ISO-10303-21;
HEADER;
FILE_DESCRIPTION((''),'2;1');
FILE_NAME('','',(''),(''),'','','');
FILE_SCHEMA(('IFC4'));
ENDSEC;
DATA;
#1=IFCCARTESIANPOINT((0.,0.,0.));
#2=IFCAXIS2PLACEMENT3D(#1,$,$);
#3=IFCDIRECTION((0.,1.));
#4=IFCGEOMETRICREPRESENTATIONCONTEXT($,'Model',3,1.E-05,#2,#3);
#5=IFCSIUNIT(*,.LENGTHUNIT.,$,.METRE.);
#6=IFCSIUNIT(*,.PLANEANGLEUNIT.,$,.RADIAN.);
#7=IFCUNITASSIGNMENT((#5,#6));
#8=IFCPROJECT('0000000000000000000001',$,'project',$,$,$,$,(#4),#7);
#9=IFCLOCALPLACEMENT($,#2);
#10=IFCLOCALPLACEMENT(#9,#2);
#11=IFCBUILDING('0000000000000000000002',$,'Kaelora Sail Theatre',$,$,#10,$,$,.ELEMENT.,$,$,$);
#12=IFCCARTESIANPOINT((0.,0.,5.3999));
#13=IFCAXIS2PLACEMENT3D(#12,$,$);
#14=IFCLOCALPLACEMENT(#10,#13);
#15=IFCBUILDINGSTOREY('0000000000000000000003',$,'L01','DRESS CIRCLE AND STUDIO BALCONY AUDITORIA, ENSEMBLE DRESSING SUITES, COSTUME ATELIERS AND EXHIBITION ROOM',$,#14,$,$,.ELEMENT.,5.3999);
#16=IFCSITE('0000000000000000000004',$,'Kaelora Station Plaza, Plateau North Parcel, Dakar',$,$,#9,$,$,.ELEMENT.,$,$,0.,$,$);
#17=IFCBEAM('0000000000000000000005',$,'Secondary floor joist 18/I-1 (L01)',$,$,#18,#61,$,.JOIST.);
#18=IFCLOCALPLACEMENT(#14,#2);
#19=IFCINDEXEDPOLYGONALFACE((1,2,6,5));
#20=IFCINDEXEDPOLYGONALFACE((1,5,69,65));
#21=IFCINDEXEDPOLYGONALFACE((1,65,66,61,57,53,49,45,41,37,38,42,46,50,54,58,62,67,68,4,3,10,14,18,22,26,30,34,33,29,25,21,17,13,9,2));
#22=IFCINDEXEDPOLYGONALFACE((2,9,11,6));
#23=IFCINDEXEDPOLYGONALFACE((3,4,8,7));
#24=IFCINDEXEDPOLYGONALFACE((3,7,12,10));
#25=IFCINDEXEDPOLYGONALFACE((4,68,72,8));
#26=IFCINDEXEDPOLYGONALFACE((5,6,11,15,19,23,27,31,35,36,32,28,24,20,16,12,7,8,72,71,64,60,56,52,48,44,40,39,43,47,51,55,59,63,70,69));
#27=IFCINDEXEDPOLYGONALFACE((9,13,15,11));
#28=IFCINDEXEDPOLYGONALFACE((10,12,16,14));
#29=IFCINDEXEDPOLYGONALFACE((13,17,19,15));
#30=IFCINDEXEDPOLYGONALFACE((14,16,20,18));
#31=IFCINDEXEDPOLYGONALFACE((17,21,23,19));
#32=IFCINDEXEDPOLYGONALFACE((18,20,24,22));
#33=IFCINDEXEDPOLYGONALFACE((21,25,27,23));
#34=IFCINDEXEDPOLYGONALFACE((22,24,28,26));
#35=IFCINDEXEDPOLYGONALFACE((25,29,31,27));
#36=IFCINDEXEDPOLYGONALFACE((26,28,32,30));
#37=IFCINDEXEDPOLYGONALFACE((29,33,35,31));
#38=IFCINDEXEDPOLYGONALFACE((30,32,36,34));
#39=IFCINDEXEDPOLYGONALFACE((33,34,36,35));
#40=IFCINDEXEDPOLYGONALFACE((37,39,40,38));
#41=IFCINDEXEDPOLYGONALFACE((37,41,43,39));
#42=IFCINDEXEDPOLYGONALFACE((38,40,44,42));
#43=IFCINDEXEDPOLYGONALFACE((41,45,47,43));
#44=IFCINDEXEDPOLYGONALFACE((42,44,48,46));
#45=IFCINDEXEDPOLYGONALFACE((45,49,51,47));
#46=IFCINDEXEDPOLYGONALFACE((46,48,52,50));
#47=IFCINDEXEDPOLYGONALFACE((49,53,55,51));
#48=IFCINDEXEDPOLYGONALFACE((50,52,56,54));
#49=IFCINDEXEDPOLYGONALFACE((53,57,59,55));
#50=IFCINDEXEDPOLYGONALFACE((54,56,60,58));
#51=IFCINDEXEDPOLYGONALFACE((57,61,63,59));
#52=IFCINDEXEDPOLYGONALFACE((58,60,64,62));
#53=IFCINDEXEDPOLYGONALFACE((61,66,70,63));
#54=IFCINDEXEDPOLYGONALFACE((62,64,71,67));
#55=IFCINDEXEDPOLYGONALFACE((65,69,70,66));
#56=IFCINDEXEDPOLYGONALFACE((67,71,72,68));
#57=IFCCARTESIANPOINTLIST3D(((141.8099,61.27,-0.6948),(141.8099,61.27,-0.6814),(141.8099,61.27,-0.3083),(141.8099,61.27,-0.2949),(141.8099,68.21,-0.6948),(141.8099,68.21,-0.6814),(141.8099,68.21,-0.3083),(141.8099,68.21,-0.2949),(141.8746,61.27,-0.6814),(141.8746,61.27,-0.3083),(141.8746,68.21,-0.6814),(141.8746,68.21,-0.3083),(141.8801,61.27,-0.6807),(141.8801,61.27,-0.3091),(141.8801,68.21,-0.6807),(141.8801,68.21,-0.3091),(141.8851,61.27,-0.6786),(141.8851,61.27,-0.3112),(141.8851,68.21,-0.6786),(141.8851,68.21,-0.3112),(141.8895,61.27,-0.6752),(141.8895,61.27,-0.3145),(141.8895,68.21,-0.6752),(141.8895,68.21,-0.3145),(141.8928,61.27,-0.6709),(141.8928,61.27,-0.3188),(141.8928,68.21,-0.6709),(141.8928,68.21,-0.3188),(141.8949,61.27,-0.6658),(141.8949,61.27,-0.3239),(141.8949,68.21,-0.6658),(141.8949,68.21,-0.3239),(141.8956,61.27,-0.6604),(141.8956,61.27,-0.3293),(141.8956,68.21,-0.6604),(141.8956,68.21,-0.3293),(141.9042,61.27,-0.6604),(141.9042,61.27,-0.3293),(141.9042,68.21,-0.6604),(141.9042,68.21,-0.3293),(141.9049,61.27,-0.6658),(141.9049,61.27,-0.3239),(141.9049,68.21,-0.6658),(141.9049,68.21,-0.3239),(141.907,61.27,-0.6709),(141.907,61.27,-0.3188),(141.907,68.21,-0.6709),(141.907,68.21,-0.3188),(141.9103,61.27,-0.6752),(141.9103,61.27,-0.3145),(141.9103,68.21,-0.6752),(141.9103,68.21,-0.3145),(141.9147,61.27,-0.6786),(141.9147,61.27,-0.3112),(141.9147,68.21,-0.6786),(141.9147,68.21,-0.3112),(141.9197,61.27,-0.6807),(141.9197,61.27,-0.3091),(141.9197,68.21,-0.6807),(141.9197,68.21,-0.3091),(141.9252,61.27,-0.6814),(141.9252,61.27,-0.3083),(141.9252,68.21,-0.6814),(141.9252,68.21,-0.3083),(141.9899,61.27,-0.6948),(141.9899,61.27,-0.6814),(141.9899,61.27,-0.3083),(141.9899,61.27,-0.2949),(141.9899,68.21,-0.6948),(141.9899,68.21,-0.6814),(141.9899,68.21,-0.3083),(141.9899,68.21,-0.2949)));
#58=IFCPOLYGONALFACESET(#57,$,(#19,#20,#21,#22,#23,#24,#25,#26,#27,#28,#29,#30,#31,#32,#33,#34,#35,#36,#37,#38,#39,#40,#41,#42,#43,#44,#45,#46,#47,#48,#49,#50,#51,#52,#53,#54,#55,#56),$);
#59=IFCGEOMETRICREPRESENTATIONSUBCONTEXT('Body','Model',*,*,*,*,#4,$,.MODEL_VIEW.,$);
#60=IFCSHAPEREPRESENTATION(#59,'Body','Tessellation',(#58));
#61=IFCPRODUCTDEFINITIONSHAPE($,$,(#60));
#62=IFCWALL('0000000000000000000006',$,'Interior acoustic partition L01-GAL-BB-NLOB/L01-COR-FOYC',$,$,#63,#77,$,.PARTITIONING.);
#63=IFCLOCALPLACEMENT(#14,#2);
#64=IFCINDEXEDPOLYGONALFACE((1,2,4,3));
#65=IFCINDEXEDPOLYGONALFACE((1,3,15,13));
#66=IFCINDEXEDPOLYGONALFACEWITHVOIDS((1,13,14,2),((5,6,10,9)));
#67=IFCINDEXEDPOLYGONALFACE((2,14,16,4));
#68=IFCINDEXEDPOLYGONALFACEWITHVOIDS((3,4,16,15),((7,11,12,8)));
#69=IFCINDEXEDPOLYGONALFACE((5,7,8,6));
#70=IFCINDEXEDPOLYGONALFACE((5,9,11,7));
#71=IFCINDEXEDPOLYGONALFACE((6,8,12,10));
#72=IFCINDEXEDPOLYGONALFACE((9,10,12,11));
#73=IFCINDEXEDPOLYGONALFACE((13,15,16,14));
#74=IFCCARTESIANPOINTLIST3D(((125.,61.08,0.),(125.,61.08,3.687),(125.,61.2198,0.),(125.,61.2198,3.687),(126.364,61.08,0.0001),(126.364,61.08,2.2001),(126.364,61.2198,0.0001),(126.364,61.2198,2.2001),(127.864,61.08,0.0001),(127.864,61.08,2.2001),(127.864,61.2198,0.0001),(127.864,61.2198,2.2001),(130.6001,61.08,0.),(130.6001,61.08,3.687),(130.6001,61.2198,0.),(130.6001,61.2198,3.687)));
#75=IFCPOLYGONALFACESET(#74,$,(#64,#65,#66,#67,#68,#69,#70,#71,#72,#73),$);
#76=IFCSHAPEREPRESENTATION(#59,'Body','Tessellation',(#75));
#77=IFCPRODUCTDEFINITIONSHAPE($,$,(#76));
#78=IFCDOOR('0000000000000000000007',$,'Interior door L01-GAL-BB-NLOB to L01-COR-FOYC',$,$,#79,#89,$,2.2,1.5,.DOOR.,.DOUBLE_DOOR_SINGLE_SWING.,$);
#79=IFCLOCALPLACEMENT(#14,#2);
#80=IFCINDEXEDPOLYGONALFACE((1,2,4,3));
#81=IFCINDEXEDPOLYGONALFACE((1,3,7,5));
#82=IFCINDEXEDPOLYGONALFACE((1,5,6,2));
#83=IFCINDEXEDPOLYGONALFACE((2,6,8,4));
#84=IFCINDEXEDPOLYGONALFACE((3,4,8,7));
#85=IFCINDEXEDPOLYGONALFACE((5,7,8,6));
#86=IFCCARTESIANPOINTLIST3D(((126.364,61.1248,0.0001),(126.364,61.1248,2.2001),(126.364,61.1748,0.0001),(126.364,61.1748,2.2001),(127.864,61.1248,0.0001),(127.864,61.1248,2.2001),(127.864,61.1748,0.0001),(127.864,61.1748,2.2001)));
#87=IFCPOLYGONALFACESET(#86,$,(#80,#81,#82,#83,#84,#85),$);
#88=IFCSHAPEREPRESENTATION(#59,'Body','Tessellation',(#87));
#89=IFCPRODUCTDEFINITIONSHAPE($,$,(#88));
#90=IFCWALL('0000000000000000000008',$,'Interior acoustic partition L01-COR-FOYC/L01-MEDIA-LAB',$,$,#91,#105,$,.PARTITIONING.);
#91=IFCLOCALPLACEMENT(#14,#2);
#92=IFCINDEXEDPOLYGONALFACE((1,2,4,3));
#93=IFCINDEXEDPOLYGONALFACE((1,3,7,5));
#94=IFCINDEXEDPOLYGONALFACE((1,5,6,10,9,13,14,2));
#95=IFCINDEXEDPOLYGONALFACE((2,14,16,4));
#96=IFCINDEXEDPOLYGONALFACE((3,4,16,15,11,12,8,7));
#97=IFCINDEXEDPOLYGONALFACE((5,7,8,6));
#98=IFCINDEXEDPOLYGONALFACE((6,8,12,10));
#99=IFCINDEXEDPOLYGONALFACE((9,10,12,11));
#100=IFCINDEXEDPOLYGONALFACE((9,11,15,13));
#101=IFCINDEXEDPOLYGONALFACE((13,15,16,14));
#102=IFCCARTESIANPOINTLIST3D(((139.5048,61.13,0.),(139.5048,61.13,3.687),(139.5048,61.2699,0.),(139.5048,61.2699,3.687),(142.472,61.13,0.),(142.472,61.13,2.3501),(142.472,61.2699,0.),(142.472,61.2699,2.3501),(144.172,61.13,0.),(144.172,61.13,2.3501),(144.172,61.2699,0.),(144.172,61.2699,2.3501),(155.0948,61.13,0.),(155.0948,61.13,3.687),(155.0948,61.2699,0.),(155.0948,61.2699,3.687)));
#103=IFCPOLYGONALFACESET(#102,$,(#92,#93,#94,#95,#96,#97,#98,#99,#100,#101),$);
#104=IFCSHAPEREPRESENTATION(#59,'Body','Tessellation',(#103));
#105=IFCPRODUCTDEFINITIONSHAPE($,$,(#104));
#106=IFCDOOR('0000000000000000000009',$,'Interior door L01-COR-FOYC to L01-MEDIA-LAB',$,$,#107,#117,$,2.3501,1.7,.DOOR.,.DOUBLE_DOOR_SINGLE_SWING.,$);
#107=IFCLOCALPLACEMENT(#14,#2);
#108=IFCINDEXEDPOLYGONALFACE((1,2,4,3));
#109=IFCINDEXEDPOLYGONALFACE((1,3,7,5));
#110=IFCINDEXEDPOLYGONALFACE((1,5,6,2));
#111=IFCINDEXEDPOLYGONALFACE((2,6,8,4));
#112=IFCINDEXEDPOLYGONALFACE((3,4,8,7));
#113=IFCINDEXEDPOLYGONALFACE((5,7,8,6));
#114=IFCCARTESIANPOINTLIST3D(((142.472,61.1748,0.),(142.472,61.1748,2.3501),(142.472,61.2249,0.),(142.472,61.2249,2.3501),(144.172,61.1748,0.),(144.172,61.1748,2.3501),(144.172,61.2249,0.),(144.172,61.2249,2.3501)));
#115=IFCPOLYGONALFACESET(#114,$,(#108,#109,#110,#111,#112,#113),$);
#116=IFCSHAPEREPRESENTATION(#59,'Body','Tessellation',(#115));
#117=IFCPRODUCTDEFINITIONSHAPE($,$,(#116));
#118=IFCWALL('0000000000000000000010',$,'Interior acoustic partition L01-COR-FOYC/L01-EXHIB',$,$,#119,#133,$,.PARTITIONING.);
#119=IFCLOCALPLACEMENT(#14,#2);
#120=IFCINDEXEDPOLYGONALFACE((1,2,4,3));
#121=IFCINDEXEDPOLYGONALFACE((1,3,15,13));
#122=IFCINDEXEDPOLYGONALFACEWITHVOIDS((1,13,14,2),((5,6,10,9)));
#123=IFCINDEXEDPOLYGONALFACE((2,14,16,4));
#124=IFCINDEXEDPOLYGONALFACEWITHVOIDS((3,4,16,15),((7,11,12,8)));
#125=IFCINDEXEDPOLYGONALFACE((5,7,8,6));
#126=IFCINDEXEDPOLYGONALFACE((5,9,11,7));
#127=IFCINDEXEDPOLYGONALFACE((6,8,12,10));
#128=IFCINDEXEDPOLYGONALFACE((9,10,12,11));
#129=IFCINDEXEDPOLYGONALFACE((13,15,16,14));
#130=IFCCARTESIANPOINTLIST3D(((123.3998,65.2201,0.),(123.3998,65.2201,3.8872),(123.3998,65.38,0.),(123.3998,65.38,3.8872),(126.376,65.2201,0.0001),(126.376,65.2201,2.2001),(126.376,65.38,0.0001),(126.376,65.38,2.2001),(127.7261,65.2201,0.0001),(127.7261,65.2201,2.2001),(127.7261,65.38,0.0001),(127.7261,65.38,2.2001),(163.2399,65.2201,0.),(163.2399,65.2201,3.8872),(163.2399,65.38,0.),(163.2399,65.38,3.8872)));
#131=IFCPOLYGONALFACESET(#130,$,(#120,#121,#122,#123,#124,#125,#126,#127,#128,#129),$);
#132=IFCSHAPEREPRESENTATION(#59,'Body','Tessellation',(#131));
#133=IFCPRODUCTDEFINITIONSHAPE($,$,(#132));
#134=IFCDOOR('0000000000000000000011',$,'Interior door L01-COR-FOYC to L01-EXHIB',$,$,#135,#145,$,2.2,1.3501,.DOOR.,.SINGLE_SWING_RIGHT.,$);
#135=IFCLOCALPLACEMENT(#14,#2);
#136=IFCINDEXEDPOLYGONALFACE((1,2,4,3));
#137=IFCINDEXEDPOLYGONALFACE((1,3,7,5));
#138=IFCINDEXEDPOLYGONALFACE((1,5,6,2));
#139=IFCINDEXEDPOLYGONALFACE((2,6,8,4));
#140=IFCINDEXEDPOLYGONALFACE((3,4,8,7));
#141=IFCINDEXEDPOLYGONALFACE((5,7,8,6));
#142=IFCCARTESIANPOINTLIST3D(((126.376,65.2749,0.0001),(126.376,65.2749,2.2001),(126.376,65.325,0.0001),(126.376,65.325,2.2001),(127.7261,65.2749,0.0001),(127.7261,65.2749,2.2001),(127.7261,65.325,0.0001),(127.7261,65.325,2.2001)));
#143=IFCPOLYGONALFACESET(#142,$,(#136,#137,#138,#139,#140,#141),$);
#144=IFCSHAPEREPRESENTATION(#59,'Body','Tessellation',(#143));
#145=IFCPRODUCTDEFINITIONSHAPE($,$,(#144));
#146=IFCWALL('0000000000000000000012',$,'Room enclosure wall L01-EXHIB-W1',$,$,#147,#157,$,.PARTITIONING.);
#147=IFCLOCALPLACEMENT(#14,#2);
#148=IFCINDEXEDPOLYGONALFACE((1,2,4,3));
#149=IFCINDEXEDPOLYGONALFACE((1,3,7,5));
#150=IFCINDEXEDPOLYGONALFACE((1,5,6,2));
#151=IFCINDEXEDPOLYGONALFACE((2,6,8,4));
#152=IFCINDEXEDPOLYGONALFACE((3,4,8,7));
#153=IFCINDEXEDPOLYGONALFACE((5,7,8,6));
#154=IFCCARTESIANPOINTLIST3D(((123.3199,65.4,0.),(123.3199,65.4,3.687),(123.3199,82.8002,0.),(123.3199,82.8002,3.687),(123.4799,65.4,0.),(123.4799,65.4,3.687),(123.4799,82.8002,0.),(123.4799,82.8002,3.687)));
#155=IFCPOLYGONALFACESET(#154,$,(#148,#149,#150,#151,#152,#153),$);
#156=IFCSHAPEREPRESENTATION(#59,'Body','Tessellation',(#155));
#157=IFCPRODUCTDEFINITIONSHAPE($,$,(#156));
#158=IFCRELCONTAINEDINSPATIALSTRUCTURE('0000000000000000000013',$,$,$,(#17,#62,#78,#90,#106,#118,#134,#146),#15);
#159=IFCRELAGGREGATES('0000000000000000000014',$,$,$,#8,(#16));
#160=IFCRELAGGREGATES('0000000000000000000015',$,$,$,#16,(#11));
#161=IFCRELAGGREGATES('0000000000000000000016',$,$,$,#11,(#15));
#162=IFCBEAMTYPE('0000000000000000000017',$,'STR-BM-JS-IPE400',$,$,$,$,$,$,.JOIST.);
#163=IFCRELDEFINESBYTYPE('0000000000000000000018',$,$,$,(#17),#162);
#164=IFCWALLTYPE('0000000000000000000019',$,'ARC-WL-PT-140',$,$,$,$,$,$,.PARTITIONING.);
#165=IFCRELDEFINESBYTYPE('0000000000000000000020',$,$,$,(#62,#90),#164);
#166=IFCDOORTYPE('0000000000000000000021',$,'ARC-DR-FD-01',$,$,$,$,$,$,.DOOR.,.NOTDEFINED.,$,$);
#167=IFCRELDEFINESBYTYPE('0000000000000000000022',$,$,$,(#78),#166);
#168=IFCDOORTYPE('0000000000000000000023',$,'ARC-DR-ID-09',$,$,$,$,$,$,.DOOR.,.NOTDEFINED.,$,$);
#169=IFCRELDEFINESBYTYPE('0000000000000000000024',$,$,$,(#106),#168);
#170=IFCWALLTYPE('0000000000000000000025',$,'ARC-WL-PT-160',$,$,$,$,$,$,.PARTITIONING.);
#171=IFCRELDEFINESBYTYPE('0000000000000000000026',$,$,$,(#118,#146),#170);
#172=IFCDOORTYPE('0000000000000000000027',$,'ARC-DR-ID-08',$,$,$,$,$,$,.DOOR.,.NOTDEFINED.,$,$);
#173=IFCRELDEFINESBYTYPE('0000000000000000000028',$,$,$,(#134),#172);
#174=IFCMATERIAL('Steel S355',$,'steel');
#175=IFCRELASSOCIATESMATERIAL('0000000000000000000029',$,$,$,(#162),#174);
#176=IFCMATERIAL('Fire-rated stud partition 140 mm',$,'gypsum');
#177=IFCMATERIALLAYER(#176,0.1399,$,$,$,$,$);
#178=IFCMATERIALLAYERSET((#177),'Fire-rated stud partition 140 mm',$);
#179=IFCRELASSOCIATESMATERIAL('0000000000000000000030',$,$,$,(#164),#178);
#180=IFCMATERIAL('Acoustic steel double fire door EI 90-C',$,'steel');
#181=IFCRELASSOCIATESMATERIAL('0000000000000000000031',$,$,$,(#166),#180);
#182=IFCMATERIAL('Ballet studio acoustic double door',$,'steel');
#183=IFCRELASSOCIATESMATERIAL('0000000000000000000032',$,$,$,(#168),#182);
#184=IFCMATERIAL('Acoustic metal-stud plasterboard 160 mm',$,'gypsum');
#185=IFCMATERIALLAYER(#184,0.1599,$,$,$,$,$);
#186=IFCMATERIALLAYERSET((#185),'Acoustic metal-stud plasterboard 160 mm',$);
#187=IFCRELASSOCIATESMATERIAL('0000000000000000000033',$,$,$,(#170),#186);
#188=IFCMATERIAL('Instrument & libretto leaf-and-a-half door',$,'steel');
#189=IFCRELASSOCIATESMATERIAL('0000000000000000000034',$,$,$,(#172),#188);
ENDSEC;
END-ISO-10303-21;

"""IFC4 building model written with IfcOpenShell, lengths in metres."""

from ifc_helpers import new_model, si_unit, direction, frame, frame_2d, origin, origin_2d, place, context, subcontext, project, spatial, rectangle, i_section, extrude, material, layer, layer_set, material_profile, profile_set, type_object, element, fill, save


model = new_model("IFC4")

# Units and contexts
model_context = context("Model", 3, precision=1e-05, world=origin(), true_north=direction((0.0, 1.0)))
body_context = subcontext(model_context, "Body", "Model", "MODEL_VIEW")
ifc_project = project(units=[si_unit("LENGTHUNIT", "METRE"), si_unit("PLANEANGLEUNIT", "RADIAN")], contexts=[model_context])

# Site, building, storey
site_placement = place(None, origin())
site = spatial("IfcSite", under=ifc_project, at=site_placement, Name="Kaelora Station Plaza, Plateau North Parcel, Dakar", CompositionType="ELEMENT", RefElevation=0.0)
building_placement = place(site_placement, origin())
building = spatial("IfcBuilding", under=site, at=building_placement, Name="Kaelora Sail Theatre", CompositionType="ELEMENT")
storey_placement = place(building_placement, frame((0.0, 0.0, 5.3999)))
storey = spatial("IfcBuildingStorey", under=building, at=storey_placement, Name="L01", Description="DRESS CIRCLE AND STUDIO BALCONY AUDITORIA, ENSEMBLE DRESSING SUITES, COSTUME ATELIERS AND EXHIBITION ROOM", CompositionType="ELEMENT", Elevation=5.3999)

# Beam
ifc_material_1 = material(Name="Steel S355", Category="steel")
ifc_material_profile_1 = material_profile(ifc_material_1, i_section(OverallWidth=0.1799, OverallDepth=0.3999, WebThickness=0.0085, FlangeThickness=0.0134, FilletRadius=0.021, at=origin_2d()), Name="IPE 400")
ifc_profile_set_1 = profile_set([ifc_material_profile_1], Name="Steel S355")
beam_type_1 = type_object("IfcBeamType", Name="STR-BM-JS-IPE400", PredefinedType="JOIST", material=ifc_profile_set_1)
for number, where, z_axis, x_axis, name in (
    (1, (141.8999, 61.27, -0.4949), (0.0, 1.0, 0.0), (-1.0, 0.0, 0.0), "Secondary floor joist 18/I-1 (L01)"),
):
    element("IfcBeam", number, at=place(storey_placement, frame(where, z_axis=z_axis, x_axis=x_axis)), inside=storey, type_object=beam_type_1, Name=name, PredefinedType="JOIST", context=body_context, shape_type="SweptSolid", body=[
        extrude(i_section(OverallWidth=0.1799, OverallDepth=0.3999, WebThickness=0.0085, FlangeThickness=0.0134, FilletRadius=0.021, at=origin_2d()), origin(), (0.0, 0.0, 1.0), 6.9399),
    ])

# Walls, openings, doors
ifc_material_2 = material(Name="Fire-rated stud partition 140 mm", Category="gypsum")
ifc_layer_1 = layer(ifc_material_2, 0.1399)
ifc_layer_set_1 = layer_set([ifc_layer_1], Name="Fire-rated stud partition 140 mm")
wall_type_1 = type_object("IfcWallType", Name="ARC-WL-PT-140", PredefinedType="PARTITIONING", material=ifc_layer_set_1)
wall_1_placement = place(storey_placement, frame((125.0, 61.1499, 0.0), z_axis=(0.0, 0.0, 1.0), x_axis=(1.0, 0.0, 0.0)))
wall_1 = element("IfcWall", 2, at=wall_1_placement, inside=storey, type_object=wall_type_1, Name="Interior acoustic partition L01-GAL-BB-NLOB/L01-COR-FOYC", PredefinedType="PARTITIONING", context=body_context, shape_type="SweptSolid", body=[
    extrude(rectangle(XDim=5.6001, YDim=0.1399, at=frame_2d((2.8, 0.0))), origin(), (0.0, 0.0, 1.0), 3.687),
])
opening_1_placement = place(wall_1_placement, frame((1.364, 0.0, 0.0)))
opening_1 = element("IfcOpeningElement", 3, at=opening_1_placement, cuts=wall_1, PredefinedType="OPENING", context=body_context, shape_type="SweptSolid", body=[
    extrude(rectangle(XDim=1.5, YDim=2.2, at=frame_2d((0.75, 1.1001))), frame((0.0, 0.0798, 0.0), z_axis=(0.0, -1.0, 0.0), x_axis=(1.0, 0.0, 0.0)), (0.0, 0.0, 1.0), 0.1599),
])
ifc_material_3 = material(Name="Acoustic steel double fire door EI 90-C", Category="steel")
door_type_1 = type_object("IfcDoorType", Name="ARC-DR-FD-01", OperationType="NOTDEFINED", PredefinedType="DOOR", material=ifc_material_3)
door_1_placement = place(opening_1_placement, origin())
door_1 = element("IfcDoor", 4, at=door_1_placement, inside=storey, type_object=door_type_1, Name="Interior door L01-GAL-BB-NLOB to L01-COR-FOYC", OperationType="DOUBLE_DOOR_SINGLE_SWING", OverallHeight=2.2, OverallWidth=1.5, PredefinedType="DOOR", context=body_context, shape_type="SweptSolid", body=[
    extrude(rectangle(XDim=1.5, YDim=2.2, at=frame_2d((0.75, 1.1001))), frame((0.0, 0.0249, 0.0), z_axis=(0.0, -1.0, 0.0), x_axis=(1.0, 0.0, 0.0)), (0.0, 0.0, 1.0), 0.05),
])
fill(opening_1, door_1)
wall_2_placement = place(storey_placement, frame((139.5049, 61.2, 0.0), z_axis=(0.0, 0.0, 1.0), x_axis=(1.0, 0.0, 0.0)))
wall_2 = element("IfcWall", 5, at=wall_2_placement, inside=storey, type_object=wall_type_1, Name="Interior acoustic partition L01-COR-FOYC/L01-MEDIA-LAB", PredefinedType="PARTITIONING", context=body_context, shape_type="SweptSolid", body=[
    extrude(rectangle(XDim=15.5901, YDim=0.1399, at=frame_2d((7.7949, 0.0))), origin(), (0.0, 0.0, 1.0), 3.687),
])
opening_2_placement = place(wall_2_placement, frame((2.967, 0.0, 0.0)))
opening_2 = element("IfcOpeningElement", 6, at=opening_2_placement, cuts=wall_2, PredefinedType="OPENING", context=body_context, shape_type="SweptSolid", body=[
    extrude(rectangle(XDim=1.7, YDim=2.3501, at=frame_2d((0.8501, 1.175))), frame((0.0, 0.0798, 0.0), z_axis=(0.0, -1.0, 0.0), x_axis=(1.0, 0.0, 0.0)), (0.0, 0.0, 1.0), 0.1599),
])
ifc_material_4 = material(Name="Ballet studio acoustic double door", Category="steel")
door_type_2 = type_object("IfcDoorType", Name="ARC-DR-ID-09", OperationType="NOTDEFINED", PredefinedType="DOOR", material=ifc_material_4)
door_2_placement = place(opening_2_placement, origin())
door_2 = element("IfcDoor", 7, at=door_2_placement, inside=storey, type_object=door_type_2, Name="Interior door L01-COR-FOYC to L01-MEDIA-LAB", OperationType="DOUBLE_DOOR_SINGLE_SWING", OverallHeight=2.3501, OverallWidth=1.7, PredefinedType="DOOR", context=body_context, shape_type="SweptSolid", body=[
    extrude(rectangle(XDim=1.7, YDim=2.3501, at=frame_2d((0.8501, 1.175))), frame((0.0, 0.0249, 0.0), z_axis=(0.0, -1.0, 0.0), x_axis=(1.0, 0.0, 0.0)), (0.0, 0.0, 1.0), 0.05),
])
fill(opening_2, door_2)
ifc_material_5 = material(Name="Acoustic metal-stud plasterboard 160 mm", Category="gypsum")
ifc_layer_2 = layer(ifc_material_5, 0.1599)
ifc_layer_set_2 = layer_set([ifc_layer_2], Name="Acoustic metal-stud plasterboard 160 mm")
wall_type_2 = type_object("IfcWallType", Name="ARC-WL-PT-160", PredefinedType="PARTITIONING", material=ifc_layer_set_2)
wall_3_placement = place(storey_placement, frame((123.3999, 65.3, 0.0), z_axis=(0.0, 0.0, 1.0), x_axis=(1.0, 0.0, 0.0)))
wall_3 = element("IfcWall", 8, at=wall_3_placement, inside=storey, type_object=wall_type_2, Name="Interior acoustic partition L01-COR-FOYC/L01-EXHIB", PredefinedType="PARTITIONING", context=body_context, shape_type="SweptSolid", body=[
    extrude(rectangle(XDim=39.8401, YDim=0.1599, at=frame_2d((19.9199, 0.0))), origin(), (0.0, 0.0, 1.0), 3.8872),
])
opening_3_placement = place(wall_3_placement, frame((2.9761, 0.0, 0.0)))
opening_3 = element("IfcOpeningElement", 9, at=opening_3_placement, cuts=wall_3, PredefinedType="OPENING", context=body_context, shape_type="SweptSolid", body=[
    extrude(rectangle(XDim=1.3501, YDim=2.2, at=frame_2d((0.675, 1.1001))), frame((0.0, 0.0901, 0.0), z_axis=(0.0, -1.0, 0.0), x_axis=(1.0, 0.0, 0.0)), (0.0, 0.0, 1.0), 0.1799),
])
ifc_material_6 = material(Name="Instrument & libretto leaf-and-a-half door", Category="steel")
door_type_3 = type_object("IfcDoorType", Name="ARC-DR-ID-08", OperationType="NOTDEFINED", PredefinedType="DOOR", material=ifc_material_6)
door_3_placement = place(opening_3_placement, origin())
door_3 = element("IfcDoor", 10, at=door_3_placement, inside=storey, type_object=door_type_3, Name="Interior door L01-COR-FOYC to L01-EXHIB", OperationType="SINGLE_SWING_RIGHT", OverallHeight=2.2, OverallWidth=1.3501, PredefinedType="DOOR", context=body_context, shape_type="SweptSolid", body=[
    extrude(rectangle(XDim=1.3501, YDim=2.2, at=frame_2d((0.675, 1.1001))), frame((0.0, 0.0249, 0.0), z_axis=(0.0, -1.0, 0.0), x_axis=(1.0, 0.0, 0.0)), (0.0, 0.0, 1.0), 0.05),
])
fill(opening_3, door_3)

# Wall
wall_4_placement = place(storey_placement, frame((123.3999, 65.3999, 0.0), z_axis=(0.0, 0.0, 1.0), x_axis=(0.0, 1.0, 0.0)))
element("IfcWall", 11, at=wall_4_placement, inside=storey, type_object=wall_type_2, Name="Room enclosure wall L01-EXHIB-W1", PredefinedType="PARTITIONING", context=body_context, shape_type="SweptSolid", body=[
    extrude(rectangle(XDim=17.4001, YDim=0.1599, at=frame_2d((8.7002, 0.0))), origin(), (0.0, 0.0, 1.0), 3.687),
])

save(model, "model.ifc")
